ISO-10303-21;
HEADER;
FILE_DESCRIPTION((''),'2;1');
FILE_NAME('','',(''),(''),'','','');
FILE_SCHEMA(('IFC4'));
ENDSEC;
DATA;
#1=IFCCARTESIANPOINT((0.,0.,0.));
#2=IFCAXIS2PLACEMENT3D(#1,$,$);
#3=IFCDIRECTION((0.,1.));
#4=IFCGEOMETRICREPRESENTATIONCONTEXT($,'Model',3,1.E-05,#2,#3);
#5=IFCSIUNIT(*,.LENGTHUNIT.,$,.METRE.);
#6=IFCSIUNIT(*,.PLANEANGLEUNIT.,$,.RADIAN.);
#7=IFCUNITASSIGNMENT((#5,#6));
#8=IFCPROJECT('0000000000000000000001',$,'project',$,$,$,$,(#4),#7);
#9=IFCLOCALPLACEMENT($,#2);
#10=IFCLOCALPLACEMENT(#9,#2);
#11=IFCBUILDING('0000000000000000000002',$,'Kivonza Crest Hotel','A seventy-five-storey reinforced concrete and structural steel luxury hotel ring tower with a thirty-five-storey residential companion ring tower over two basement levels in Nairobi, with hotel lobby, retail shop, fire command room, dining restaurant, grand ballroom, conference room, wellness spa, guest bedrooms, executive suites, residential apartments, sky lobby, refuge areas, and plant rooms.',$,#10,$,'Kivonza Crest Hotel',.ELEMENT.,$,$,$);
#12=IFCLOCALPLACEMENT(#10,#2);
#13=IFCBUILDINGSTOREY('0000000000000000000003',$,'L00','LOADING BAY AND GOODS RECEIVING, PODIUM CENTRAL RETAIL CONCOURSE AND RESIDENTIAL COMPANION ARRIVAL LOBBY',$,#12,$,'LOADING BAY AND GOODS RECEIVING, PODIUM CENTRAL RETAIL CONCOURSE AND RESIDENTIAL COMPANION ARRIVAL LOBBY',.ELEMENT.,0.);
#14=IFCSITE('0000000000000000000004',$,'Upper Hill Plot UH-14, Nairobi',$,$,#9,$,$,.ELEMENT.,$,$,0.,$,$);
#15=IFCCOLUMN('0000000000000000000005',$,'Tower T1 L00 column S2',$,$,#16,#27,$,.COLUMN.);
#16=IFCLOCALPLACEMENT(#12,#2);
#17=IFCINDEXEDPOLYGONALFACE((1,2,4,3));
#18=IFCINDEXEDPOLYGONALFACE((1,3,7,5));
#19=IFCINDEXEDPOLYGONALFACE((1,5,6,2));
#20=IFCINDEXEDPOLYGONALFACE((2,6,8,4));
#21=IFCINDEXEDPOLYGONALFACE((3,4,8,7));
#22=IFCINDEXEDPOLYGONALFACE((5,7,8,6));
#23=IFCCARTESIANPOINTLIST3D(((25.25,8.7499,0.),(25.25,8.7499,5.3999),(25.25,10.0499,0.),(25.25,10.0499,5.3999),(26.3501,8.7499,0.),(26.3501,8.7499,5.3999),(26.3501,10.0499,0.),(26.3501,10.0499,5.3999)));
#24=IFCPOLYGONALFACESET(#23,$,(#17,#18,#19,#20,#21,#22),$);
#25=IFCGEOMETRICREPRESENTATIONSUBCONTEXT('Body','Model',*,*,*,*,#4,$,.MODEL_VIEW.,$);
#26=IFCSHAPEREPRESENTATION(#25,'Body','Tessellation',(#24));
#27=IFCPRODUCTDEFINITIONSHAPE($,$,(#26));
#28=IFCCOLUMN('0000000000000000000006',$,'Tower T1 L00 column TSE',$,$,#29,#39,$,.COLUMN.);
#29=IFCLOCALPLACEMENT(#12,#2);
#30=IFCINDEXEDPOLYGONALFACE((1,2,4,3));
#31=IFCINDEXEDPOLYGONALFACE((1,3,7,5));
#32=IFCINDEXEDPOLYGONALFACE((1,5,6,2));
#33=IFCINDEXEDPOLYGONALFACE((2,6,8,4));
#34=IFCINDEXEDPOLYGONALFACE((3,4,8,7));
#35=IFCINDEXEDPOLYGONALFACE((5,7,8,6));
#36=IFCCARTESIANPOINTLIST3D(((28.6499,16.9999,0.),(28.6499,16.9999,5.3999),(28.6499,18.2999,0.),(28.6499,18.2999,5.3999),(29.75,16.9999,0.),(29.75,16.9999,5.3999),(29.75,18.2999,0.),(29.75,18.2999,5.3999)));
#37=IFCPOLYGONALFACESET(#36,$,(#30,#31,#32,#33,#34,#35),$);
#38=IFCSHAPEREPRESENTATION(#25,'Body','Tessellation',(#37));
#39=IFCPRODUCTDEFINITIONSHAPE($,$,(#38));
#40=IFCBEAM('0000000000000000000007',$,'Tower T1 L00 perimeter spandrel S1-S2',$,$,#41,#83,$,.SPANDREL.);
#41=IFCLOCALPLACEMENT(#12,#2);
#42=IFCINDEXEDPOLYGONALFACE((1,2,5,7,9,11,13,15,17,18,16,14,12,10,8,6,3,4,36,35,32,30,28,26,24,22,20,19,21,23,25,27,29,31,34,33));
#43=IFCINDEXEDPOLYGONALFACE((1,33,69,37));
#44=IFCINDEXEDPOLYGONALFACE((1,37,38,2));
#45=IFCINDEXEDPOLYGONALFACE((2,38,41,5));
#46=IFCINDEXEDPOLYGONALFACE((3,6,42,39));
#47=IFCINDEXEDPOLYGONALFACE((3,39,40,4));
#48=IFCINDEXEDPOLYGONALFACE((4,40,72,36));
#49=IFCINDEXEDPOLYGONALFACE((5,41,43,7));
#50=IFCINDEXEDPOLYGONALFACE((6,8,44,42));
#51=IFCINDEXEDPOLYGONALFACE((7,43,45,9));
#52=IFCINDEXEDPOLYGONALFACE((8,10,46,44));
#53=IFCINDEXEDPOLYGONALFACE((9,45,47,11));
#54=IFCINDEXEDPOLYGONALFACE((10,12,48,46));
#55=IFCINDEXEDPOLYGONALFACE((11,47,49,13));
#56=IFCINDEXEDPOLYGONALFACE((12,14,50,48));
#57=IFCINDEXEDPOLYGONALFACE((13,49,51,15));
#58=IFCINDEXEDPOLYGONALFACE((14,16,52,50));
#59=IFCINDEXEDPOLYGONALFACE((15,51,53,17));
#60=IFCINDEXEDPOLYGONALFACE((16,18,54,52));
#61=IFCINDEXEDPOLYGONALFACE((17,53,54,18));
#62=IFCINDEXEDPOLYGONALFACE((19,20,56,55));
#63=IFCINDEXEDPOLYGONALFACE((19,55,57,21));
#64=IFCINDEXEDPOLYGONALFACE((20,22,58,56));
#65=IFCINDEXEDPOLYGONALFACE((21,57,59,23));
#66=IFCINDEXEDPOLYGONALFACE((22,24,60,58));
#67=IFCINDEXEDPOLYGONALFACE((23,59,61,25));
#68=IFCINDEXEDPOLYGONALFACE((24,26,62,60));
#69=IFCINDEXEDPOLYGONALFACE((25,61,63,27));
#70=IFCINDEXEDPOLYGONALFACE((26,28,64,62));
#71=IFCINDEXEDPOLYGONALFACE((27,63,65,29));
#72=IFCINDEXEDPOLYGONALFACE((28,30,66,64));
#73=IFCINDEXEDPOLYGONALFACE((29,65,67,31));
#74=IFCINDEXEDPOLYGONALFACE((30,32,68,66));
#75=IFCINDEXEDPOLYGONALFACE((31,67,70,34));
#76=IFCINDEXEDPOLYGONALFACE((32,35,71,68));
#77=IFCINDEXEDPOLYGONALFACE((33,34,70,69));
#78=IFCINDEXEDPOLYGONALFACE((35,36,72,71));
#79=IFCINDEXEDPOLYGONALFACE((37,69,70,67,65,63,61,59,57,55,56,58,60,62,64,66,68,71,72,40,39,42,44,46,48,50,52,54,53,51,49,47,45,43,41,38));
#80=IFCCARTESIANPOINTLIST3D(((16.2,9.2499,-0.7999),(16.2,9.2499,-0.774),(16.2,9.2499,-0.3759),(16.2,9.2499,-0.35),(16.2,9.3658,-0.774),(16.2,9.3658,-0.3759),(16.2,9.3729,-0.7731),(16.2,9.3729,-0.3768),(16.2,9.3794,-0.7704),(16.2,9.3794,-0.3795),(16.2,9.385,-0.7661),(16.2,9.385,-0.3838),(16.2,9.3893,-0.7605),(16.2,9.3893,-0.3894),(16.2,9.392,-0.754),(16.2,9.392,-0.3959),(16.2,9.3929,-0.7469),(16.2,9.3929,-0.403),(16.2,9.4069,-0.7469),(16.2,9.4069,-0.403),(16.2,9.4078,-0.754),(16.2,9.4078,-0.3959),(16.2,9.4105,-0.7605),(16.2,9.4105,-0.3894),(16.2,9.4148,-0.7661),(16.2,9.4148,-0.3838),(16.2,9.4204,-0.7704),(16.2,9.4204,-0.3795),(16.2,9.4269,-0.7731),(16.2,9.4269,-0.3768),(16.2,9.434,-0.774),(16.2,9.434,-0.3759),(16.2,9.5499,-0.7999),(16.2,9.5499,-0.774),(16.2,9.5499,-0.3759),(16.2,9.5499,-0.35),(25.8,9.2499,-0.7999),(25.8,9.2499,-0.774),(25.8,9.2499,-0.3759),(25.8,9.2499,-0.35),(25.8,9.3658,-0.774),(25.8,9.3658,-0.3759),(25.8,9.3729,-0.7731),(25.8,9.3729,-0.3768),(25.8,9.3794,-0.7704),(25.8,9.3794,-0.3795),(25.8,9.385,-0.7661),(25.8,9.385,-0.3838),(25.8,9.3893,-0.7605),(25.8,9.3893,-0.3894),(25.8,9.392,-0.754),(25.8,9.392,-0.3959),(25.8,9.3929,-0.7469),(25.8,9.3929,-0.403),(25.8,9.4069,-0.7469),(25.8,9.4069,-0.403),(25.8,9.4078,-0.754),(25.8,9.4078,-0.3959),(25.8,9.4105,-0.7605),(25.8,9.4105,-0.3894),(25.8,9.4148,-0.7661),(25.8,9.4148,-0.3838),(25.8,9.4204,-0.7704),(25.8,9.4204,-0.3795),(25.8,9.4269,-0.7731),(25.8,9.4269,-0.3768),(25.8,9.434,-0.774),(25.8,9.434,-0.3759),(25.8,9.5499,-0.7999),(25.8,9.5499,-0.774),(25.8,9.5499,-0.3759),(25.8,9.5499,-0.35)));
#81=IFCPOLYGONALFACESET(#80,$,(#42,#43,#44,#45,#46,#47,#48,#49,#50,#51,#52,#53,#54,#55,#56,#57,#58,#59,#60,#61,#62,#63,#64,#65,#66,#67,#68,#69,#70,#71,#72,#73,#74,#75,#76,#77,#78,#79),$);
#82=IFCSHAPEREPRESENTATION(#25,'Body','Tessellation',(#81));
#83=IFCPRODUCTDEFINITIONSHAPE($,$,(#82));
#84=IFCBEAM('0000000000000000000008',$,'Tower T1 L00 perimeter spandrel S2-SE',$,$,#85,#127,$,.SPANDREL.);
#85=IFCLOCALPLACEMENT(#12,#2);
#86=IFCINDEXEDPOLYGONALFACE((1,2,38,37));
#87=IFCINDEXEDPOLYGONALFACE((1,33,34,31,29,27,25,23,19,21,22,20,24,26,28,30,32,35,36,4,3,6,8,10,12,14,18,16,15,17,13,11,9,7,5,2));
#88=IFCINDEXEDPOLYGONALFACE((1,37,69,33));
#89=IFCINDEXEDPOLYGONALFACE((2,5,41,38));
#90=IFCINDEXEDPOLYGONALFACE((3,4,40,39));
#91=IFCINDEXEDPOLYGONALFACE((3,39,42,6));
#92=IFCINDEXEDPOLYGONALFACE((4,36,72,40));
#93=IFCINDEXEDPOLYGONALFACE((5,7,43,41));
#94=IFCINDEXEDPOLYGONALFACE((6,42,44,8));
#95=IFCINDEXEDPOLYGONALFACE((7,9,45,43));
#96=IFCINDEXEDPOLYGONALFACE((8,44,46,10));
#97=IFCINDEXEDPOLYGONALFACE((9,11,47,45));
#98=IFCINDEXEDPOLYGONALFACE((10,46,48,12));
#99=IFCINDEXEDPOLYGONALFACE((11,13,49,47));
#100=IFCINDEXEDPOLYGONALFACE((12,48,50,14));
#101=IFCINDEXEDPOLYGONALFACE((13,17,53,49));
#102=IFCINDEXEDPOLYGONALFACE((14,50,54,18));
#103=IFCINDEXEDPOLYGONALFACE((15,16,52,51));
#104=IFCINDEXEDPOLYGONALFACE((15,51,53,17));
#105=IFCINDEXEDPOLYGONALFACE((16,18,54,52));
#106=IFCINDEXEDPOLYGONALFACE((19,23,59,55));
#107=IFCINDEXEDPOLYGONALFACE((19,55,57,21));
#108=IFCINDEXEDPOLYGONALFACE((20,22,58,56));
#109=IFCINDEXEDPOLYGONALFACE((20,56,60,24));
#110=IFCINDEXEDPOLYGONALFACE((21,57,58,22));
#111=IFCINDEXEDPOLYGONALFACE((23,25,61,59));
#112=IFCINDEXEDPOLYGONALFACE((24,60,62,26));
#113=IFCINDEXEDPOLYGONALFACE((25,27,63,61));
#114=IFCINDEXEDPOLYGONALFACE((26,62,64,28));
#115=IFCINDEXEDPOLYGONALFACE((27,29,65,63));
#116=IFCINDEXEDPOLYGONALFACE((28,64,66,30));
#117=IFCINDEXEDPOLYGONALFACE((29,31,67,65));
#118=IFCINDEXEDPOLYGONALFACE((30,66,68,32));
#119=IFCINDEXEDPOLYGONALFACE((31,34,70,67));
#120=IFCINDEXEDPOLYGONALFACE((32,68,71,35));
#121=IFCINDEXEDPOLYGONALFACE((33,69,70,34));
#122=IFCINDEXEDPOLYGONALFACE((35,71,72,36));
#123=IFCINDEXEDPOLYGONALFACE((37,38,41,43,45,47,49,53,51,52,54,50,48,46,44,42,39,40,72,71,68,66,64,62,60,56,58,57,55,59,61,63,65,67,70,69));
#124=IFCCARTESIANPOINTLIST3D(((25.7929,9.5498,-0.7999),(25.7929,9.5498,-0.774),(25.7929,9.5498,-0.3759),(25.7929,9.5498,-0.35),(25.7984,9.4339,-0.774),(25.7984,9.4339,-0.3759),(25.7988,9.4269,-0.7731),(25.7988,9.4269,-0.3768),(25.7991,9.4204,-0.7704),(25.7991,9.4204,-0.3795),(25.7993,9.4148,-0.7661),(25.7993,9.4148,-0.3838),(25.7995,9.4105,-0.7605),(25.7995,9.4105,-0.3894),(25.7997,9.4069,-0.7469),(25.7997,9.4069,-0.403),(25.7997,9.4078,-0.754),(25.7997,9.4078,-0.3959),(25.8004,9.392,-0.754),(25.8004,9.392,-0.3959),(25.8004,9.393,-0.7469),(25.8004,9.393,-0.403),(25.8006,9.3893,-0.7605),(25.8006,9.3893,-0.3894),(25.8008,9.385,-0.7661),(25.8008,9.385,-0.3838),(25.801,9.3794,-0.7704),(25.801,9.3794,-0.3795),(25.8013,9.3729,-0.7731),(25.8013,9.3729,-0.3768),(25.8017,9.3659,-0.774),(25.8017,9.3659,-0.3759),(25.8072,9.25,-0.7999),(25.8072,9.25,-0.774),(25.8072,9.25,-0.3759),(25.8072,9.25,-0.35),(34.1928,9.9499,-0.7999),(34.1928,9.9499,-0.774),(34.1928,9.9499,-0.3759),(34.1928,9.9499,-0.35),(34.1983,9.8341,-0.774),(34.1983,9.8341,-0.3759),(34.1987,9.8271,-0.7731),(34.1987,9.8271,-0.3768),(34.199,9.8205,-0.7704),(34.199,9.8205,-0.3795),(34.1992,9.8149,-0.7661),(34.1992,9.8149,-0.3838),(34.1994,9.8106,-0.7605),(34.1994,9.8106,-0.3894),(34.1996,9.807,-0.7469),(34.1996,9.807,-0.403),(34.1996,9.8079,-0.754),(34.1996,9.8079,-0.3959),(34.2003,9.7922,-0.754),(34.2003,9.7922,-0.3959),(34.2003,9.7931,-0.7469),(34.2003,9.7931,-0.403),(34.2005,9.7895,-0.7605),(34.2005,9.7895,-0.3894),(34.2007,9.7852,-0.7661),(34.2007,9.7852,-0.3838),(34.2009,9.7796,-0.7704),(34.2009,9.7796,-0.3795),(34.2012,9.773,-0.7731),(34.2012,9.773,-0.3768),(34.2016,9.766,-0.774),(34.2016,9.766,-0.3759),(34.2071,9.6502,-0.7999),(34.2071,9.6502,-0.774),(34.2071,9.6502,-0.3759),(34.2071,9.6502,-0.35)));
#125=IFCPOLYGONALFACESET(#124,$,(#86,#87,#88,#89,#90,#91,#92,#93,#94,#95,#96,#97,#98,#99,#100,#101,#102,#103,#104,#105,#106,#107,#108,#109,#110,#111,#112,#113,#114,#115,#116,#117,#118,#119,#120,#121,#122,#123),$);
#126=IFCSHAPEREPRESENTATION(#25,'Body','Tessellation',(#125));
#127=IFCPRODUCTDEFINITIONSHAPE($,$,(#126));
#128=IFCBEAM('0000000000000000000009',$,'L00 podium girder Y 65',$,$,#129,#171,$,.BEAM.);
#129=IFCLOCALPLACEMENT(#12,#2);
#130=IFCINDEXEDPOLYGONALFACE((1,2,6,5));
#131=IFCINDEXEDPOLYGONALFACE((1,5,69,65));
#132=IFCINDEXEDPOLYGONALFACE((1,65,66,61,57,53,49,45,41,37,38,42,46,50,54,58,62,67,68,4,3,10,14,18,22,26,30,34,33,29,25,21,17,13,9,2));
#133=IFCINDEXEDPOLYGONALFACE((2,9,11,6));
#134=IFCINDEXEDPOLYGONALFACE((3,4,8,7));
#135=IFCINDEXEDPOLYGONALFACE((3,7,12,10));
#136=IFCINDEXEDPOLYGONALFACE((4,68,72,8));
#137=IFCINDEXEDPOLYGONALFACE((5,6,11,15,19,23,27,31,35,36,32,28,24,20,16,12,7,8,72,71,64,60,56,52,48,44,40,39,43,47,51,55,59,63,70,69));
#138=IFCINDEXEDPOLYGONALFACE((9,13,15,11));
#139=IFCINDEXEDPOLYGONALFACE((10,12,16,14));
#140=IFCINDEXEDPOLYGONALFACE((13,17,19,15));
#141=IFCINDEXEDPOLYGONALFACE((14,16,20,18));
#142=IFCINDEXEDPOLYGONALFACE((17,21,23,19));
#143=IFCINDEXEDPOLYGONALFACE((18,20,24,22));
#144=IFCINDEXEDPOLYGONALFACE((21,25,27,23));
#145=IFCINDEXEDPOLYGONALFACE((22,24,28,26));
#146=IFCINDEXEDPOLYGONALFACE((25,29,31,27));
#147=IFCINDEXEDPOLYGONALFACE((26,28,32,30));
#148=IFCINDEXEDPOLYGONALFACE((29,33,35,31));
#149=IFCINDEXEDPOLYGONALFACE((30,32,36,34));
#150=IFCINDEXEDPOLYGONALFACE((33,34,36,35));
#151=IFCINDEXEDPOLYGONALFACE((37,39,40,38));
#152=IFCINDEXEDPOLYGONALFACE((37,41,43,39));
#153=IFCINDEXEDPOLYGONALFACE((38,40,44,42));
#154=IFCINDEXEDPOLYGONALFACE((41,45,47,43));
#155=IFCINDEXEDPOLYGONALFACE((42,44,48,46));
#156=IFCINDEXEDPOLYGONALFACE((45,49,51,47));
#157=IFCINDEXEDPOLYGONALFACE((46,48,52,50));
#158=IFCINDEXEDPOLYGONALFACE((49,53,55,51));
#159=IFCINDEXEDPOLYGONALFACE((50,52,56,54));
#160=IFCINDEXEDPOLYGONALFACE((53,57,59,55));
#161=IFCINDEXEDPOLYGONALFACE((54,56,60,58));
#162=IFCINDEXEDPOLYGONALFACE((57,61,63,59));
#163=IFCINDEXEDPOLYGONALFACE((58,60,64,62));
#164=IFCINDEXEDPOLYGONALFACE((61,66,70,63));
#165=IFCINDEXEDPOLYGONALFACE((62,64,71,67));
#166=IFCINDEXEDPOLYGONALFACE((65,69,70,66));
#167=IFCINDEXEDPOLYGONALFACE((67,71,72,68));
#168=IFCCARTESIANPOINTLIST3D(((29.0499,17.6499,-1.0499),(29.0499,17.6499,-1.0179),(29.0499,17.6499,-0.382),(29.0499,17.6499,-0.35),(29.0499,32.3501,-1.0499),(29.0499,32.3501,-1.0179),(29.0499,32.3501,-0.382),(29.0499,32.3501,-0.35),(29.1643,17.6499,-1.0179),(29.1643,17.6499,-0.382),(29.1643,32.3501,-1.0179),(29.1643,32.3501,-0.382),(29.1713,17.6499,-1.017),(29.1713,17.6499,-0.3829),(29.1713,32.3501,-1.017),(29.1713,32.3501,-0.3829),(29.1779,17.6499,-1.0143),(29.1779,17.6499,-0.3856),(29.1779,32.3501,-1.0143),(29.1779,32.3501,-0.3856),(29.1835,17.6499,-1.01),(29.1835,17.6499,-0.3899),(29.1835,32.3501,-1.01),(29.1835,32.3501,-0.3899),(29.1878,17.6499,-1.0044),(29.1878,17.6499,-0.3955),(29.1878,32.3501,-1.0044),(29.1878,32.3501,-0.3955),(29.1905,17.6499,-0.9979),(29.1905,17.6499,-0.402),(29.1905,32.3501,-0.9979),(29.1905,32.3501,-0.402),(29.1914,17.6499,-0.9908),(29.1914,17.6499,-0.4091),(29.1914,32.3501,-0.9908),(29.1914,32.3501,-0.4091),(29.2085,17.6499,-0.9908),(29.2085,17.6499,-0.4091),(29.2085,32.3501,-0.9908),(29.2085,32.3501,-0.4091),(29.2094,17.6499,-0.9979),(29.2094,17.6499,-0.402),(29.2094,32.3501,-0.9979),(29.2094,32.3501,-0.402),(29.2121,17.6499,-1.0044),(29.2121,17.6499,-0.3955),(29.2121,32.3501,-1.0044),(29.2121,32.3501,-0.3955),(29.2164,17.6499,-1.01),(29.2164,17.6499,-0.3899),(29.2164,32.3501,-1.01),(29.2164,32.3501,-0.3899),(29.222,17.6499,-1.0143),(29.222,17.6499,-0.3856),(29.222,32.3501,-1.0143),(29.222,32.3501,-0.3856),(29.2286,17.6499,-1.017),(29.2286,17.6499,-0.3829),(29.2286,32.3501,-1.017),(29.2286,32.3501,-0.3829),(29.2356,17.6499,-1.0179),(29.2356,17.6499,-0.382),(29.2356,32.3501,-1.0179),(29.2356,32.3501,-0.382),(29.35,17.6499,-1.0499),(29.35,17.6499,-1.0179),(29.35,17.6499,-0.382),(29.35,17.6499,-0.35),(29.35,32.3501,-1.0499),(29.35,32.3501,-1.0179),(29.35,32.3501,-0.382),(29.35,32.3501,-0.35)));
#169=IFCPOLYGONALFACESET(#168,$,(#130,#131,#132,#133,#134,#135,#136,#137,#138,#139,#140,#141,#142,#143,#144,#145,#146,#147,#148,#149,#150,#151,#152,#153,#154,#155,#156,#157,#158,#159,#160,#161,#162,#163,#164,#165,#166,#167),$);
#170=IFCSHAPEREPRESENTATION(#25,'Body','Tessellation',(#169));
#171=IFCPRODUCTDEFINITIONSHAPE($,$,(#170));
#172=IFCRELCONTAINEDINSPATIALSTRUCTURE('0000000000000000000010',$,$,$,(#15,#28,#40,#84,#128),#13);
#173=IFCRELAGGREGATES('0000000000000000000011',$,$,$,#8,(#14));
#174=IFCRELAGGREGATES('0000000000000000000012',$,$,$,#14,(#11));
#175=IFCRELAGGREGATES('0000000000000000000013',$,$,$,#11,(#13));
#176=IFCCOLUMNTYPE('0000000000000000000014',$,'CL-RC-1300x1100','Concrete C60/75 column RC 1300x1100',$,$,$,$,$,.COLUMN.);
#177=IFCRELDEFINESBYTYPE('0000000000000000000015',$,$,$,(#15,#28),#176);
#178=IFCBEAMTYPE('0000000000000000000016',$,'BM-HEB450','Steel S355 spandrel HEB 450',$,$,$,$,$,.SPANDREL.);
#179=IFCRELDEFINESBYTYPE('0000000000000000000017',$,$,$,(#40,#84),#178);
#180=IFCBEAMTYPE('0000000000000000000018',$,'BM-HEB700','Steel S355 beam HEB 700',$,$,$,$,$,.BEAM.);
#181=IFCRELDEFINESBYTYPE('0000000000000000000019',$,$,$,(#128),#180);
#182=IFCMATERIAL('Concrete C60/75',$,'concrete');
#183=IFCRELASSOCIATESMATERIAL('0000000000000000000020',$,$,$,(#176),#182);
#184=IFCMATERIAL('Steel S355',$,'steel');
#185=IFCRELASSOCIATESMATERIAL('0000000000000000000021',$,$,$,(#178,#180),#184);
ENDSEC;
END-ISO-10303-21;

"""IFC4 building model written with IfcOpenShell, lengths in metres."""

from ifc_helpers import new_model, si_unit, direction, frame, origin, origin_2d, place, context, subcontext, project, spatial, rectangle, i_section, extrude, material, material_profile, profile_set, type_object, element, save


model = new_model("IFC4")

# Units and contexts
model_context = context("Model", 3, precision=1e-05, world=origin(), true_north=direction((0.0, 1.0)))
body_context = subcontext(model_context, "Body", "Model", "MODEL_VIEW")
ifc_project = project(units=[si_unit("LENGTHUNIT", "METRE"), si_unit("PLANEANGLEUNIT", "RADIAN")], contexts=[model_context])

# Site, building, storey
site_placement = place(None, origin())
site = spatial("IfcSite", under=ifc_project, at=site_placement, Name="Upper Hill Plot UH-14, Nairobi", CompositionType="ELEMENT", RefElevation=0.0)
building_placement = place(site_placement, origin())
building = spatial("IfcBuilding", under=site, at=building_placement, Name="Kivonza Crest Hotel", Description="A seventy-five-storey reinforced concrete and structural steel luxury hotel ring tower with a thirty-five-storey residential companion ring tower over two basement levels in Nairobi, with hotel lobby, retail shop, fire command room, dining restaurant, grand ballroom, conference room, wellness spa, guest bedrooms, executive suites, residential apartments, sky lobby, refuge areas, and plant rooms.", LongName="Kivonza Crest Hotel", CompositionType="ELEMENT")
storey_placement = place(building_placement, origin())
storey = spatial("IfcBuildingStorey", under=building, at=storey_placement, Name="L00", Description="LOADING BAY AND GOODS RECEIVING, PODIUM CENTRAL RETAIL CONCOURSE AND RESIDENTIAL COMPANION ARRIVAL LOBBY", LongName="LOADING BAY AND GOODS RECEIVING, PODIUM CENTRAL RETAIL CONCOURSE AND RESIDENTIAL COMPANION ARRIVAL LOBBY", CompositionType="ELEMENT", Elevation=0.0)

# Columns
ifc_material_1 = material(Name="Concrete C60/75", Category="concrete")
ifc_material_profile_1 = material_profile(ifc_material_1, rectangle(XDim=1.1001, YDim=1.3, at=origin_2d()), Name="RC 1300x1100")
ifc_profile_set_1 = profile_set([ifc_material_profile_1], Name="Concrete C60/75")
column_type = type_object("IfcColumnType", Name="CL-RC-1300x1100", Description="Concrete C60/75 column RC 1300x1100", PredefinedType="COLUMN", material=ifc_profile_set_1)
for number, where, z_axis, x_axis, name in (
    (1, (25.8, 9.3999, 0.0), (0.0, 0.0, 1.0), (1.0, 0.0, 0.0), "Tower T1 L00 column S2"),
    (2, (29.2, 17.6499, 0.0), (0.0, 0.0, 1.0), (1.0, 0.0, 0.0), "Tower T1 L00 column TSE"),
):
    element("IfcColumn", number, at=place(storey_placement, frame(where, z_axis=z_axis, x_axis=x_axis)), inside=storey, type_object=column_type, Name=name, PredefinedType="COLUMN", context=body_context, shape_type="SweptSolid", body=[
        extrude(rectangle(XDim=1.1001, YDim=1.3, at=origin_2d()), origin(), (0.0, 0.0, 1.0), 5.3999),
    ])

# Beams
ifc_material_2 = material(Name="Steel S355", Category="steel")
ifc_material_profile_2 = material_profile(ifc_material_2, i_section(OverallWidth=0.3, OverallDepth=0.45, WebThickness=0.0139, FlangeThickness=0.0259, FilletRadius=0.0271, at=origin_2d()), Name="HEB 450")
ifc_profile_set_2 = profile_set([ifc_material_profile_2], Name="Steel S355")
beam_type_1 = type_object("IfcBeamType", Name="BM-HEB450", Description="Steel S355 spandrel HEB 450", PredefinedType="SPANDREL", material=ifc_profile_set_2)
beam_1_placement = place(storey_placement, frame((16.2, 9.3999, -0.575), z_axis=(1.0, 0.0, 0.0), x_axis=(0.0, 1.0, 0.0)))
element("IfcBeam", 3, at=beam_1_placement, inside=storey, type_object=beam_type_1, Name="Tower T1 L00 perimeter spandrel S1-S2", PredefinedType="SPANDREL", context=body_context, shape_type="SweptSolid", body=[
    extrude(i_section(OverallWidth=0.3, OverallDepth=0.45, WebThickness=0.0139, FlangeThickness=0.0259, FilletRadius=0.0271, at=origin_2d()), origin(), (0.0, 0.0, 1.0), 9.6001),
])
beam_2_placement = place(storey_placement, frame((25.8, 9.3999, -0.575), z_axis=(0.998867, 0.047583, 0.0), x_axis=(-0.047583, 0.998867, 0.0)))
element("IfcBeam", 4, at=beam_2_placement, inside=storey, type_object=beam_type_1, Name="Tower T1 L00 perimeter spandrel S2-SE", PredefinedType="SPANDREL", context=body_context, shape_type="SweptSolid", body=[
    extrude(i_section(OverallWidth=0.3, OverallDepth=0.45, WebThickness=0.0139, FlangeThickness=0.0259, FilletRadius=0.0271, at=origin_2d()), origin(), (0.0, 0.0, 1.0), 8.4094),
])
ifc_material_profile_3 = material_profile(ifc_material_2, i_section(OverallWidth=0.3, OverallDepth=0.7, WebThickness=0.0171, FlangeThickness=0.032, FilletRadius=0.0271, at=origin_2d()), Name="HEB 700")
ifc_profile_set_3 = profile_set([ifc_material_profile_3], Name="Steel S355")
beam_type_2 = type_object("IfcBeamType", Name="BM-HEB700", Description="Steel S355 beam HEB 700", PredefinedType="BEAM", material=ifc_profile_set_3)
beam_3_placement = place(storey_placement, frame((29.2, 17.6499, -0.7), z_axis=(0.0, 1.0, 0.0), x_axis=(-1.0, 0.0, 0.0)))
element("IfcBeam", 5, at=beam_3_placement, inside=storey, type_object=beam_type_2, Name="L00 podium girder Y 65", PredefinedType="BEAM", context=body_context, shape_type="SweptSolid", body=[
    extrude(i_section(OverallWidth=0.3, OverallDepth=0.7, WebThickness=0.0171, FlangeThickness=0.032, FilletRadius=0.0271, at=origin_2d()), origin(), (0.0, 0.0, 1.0), 14.7002),
])

save(model, "model.ifc")
